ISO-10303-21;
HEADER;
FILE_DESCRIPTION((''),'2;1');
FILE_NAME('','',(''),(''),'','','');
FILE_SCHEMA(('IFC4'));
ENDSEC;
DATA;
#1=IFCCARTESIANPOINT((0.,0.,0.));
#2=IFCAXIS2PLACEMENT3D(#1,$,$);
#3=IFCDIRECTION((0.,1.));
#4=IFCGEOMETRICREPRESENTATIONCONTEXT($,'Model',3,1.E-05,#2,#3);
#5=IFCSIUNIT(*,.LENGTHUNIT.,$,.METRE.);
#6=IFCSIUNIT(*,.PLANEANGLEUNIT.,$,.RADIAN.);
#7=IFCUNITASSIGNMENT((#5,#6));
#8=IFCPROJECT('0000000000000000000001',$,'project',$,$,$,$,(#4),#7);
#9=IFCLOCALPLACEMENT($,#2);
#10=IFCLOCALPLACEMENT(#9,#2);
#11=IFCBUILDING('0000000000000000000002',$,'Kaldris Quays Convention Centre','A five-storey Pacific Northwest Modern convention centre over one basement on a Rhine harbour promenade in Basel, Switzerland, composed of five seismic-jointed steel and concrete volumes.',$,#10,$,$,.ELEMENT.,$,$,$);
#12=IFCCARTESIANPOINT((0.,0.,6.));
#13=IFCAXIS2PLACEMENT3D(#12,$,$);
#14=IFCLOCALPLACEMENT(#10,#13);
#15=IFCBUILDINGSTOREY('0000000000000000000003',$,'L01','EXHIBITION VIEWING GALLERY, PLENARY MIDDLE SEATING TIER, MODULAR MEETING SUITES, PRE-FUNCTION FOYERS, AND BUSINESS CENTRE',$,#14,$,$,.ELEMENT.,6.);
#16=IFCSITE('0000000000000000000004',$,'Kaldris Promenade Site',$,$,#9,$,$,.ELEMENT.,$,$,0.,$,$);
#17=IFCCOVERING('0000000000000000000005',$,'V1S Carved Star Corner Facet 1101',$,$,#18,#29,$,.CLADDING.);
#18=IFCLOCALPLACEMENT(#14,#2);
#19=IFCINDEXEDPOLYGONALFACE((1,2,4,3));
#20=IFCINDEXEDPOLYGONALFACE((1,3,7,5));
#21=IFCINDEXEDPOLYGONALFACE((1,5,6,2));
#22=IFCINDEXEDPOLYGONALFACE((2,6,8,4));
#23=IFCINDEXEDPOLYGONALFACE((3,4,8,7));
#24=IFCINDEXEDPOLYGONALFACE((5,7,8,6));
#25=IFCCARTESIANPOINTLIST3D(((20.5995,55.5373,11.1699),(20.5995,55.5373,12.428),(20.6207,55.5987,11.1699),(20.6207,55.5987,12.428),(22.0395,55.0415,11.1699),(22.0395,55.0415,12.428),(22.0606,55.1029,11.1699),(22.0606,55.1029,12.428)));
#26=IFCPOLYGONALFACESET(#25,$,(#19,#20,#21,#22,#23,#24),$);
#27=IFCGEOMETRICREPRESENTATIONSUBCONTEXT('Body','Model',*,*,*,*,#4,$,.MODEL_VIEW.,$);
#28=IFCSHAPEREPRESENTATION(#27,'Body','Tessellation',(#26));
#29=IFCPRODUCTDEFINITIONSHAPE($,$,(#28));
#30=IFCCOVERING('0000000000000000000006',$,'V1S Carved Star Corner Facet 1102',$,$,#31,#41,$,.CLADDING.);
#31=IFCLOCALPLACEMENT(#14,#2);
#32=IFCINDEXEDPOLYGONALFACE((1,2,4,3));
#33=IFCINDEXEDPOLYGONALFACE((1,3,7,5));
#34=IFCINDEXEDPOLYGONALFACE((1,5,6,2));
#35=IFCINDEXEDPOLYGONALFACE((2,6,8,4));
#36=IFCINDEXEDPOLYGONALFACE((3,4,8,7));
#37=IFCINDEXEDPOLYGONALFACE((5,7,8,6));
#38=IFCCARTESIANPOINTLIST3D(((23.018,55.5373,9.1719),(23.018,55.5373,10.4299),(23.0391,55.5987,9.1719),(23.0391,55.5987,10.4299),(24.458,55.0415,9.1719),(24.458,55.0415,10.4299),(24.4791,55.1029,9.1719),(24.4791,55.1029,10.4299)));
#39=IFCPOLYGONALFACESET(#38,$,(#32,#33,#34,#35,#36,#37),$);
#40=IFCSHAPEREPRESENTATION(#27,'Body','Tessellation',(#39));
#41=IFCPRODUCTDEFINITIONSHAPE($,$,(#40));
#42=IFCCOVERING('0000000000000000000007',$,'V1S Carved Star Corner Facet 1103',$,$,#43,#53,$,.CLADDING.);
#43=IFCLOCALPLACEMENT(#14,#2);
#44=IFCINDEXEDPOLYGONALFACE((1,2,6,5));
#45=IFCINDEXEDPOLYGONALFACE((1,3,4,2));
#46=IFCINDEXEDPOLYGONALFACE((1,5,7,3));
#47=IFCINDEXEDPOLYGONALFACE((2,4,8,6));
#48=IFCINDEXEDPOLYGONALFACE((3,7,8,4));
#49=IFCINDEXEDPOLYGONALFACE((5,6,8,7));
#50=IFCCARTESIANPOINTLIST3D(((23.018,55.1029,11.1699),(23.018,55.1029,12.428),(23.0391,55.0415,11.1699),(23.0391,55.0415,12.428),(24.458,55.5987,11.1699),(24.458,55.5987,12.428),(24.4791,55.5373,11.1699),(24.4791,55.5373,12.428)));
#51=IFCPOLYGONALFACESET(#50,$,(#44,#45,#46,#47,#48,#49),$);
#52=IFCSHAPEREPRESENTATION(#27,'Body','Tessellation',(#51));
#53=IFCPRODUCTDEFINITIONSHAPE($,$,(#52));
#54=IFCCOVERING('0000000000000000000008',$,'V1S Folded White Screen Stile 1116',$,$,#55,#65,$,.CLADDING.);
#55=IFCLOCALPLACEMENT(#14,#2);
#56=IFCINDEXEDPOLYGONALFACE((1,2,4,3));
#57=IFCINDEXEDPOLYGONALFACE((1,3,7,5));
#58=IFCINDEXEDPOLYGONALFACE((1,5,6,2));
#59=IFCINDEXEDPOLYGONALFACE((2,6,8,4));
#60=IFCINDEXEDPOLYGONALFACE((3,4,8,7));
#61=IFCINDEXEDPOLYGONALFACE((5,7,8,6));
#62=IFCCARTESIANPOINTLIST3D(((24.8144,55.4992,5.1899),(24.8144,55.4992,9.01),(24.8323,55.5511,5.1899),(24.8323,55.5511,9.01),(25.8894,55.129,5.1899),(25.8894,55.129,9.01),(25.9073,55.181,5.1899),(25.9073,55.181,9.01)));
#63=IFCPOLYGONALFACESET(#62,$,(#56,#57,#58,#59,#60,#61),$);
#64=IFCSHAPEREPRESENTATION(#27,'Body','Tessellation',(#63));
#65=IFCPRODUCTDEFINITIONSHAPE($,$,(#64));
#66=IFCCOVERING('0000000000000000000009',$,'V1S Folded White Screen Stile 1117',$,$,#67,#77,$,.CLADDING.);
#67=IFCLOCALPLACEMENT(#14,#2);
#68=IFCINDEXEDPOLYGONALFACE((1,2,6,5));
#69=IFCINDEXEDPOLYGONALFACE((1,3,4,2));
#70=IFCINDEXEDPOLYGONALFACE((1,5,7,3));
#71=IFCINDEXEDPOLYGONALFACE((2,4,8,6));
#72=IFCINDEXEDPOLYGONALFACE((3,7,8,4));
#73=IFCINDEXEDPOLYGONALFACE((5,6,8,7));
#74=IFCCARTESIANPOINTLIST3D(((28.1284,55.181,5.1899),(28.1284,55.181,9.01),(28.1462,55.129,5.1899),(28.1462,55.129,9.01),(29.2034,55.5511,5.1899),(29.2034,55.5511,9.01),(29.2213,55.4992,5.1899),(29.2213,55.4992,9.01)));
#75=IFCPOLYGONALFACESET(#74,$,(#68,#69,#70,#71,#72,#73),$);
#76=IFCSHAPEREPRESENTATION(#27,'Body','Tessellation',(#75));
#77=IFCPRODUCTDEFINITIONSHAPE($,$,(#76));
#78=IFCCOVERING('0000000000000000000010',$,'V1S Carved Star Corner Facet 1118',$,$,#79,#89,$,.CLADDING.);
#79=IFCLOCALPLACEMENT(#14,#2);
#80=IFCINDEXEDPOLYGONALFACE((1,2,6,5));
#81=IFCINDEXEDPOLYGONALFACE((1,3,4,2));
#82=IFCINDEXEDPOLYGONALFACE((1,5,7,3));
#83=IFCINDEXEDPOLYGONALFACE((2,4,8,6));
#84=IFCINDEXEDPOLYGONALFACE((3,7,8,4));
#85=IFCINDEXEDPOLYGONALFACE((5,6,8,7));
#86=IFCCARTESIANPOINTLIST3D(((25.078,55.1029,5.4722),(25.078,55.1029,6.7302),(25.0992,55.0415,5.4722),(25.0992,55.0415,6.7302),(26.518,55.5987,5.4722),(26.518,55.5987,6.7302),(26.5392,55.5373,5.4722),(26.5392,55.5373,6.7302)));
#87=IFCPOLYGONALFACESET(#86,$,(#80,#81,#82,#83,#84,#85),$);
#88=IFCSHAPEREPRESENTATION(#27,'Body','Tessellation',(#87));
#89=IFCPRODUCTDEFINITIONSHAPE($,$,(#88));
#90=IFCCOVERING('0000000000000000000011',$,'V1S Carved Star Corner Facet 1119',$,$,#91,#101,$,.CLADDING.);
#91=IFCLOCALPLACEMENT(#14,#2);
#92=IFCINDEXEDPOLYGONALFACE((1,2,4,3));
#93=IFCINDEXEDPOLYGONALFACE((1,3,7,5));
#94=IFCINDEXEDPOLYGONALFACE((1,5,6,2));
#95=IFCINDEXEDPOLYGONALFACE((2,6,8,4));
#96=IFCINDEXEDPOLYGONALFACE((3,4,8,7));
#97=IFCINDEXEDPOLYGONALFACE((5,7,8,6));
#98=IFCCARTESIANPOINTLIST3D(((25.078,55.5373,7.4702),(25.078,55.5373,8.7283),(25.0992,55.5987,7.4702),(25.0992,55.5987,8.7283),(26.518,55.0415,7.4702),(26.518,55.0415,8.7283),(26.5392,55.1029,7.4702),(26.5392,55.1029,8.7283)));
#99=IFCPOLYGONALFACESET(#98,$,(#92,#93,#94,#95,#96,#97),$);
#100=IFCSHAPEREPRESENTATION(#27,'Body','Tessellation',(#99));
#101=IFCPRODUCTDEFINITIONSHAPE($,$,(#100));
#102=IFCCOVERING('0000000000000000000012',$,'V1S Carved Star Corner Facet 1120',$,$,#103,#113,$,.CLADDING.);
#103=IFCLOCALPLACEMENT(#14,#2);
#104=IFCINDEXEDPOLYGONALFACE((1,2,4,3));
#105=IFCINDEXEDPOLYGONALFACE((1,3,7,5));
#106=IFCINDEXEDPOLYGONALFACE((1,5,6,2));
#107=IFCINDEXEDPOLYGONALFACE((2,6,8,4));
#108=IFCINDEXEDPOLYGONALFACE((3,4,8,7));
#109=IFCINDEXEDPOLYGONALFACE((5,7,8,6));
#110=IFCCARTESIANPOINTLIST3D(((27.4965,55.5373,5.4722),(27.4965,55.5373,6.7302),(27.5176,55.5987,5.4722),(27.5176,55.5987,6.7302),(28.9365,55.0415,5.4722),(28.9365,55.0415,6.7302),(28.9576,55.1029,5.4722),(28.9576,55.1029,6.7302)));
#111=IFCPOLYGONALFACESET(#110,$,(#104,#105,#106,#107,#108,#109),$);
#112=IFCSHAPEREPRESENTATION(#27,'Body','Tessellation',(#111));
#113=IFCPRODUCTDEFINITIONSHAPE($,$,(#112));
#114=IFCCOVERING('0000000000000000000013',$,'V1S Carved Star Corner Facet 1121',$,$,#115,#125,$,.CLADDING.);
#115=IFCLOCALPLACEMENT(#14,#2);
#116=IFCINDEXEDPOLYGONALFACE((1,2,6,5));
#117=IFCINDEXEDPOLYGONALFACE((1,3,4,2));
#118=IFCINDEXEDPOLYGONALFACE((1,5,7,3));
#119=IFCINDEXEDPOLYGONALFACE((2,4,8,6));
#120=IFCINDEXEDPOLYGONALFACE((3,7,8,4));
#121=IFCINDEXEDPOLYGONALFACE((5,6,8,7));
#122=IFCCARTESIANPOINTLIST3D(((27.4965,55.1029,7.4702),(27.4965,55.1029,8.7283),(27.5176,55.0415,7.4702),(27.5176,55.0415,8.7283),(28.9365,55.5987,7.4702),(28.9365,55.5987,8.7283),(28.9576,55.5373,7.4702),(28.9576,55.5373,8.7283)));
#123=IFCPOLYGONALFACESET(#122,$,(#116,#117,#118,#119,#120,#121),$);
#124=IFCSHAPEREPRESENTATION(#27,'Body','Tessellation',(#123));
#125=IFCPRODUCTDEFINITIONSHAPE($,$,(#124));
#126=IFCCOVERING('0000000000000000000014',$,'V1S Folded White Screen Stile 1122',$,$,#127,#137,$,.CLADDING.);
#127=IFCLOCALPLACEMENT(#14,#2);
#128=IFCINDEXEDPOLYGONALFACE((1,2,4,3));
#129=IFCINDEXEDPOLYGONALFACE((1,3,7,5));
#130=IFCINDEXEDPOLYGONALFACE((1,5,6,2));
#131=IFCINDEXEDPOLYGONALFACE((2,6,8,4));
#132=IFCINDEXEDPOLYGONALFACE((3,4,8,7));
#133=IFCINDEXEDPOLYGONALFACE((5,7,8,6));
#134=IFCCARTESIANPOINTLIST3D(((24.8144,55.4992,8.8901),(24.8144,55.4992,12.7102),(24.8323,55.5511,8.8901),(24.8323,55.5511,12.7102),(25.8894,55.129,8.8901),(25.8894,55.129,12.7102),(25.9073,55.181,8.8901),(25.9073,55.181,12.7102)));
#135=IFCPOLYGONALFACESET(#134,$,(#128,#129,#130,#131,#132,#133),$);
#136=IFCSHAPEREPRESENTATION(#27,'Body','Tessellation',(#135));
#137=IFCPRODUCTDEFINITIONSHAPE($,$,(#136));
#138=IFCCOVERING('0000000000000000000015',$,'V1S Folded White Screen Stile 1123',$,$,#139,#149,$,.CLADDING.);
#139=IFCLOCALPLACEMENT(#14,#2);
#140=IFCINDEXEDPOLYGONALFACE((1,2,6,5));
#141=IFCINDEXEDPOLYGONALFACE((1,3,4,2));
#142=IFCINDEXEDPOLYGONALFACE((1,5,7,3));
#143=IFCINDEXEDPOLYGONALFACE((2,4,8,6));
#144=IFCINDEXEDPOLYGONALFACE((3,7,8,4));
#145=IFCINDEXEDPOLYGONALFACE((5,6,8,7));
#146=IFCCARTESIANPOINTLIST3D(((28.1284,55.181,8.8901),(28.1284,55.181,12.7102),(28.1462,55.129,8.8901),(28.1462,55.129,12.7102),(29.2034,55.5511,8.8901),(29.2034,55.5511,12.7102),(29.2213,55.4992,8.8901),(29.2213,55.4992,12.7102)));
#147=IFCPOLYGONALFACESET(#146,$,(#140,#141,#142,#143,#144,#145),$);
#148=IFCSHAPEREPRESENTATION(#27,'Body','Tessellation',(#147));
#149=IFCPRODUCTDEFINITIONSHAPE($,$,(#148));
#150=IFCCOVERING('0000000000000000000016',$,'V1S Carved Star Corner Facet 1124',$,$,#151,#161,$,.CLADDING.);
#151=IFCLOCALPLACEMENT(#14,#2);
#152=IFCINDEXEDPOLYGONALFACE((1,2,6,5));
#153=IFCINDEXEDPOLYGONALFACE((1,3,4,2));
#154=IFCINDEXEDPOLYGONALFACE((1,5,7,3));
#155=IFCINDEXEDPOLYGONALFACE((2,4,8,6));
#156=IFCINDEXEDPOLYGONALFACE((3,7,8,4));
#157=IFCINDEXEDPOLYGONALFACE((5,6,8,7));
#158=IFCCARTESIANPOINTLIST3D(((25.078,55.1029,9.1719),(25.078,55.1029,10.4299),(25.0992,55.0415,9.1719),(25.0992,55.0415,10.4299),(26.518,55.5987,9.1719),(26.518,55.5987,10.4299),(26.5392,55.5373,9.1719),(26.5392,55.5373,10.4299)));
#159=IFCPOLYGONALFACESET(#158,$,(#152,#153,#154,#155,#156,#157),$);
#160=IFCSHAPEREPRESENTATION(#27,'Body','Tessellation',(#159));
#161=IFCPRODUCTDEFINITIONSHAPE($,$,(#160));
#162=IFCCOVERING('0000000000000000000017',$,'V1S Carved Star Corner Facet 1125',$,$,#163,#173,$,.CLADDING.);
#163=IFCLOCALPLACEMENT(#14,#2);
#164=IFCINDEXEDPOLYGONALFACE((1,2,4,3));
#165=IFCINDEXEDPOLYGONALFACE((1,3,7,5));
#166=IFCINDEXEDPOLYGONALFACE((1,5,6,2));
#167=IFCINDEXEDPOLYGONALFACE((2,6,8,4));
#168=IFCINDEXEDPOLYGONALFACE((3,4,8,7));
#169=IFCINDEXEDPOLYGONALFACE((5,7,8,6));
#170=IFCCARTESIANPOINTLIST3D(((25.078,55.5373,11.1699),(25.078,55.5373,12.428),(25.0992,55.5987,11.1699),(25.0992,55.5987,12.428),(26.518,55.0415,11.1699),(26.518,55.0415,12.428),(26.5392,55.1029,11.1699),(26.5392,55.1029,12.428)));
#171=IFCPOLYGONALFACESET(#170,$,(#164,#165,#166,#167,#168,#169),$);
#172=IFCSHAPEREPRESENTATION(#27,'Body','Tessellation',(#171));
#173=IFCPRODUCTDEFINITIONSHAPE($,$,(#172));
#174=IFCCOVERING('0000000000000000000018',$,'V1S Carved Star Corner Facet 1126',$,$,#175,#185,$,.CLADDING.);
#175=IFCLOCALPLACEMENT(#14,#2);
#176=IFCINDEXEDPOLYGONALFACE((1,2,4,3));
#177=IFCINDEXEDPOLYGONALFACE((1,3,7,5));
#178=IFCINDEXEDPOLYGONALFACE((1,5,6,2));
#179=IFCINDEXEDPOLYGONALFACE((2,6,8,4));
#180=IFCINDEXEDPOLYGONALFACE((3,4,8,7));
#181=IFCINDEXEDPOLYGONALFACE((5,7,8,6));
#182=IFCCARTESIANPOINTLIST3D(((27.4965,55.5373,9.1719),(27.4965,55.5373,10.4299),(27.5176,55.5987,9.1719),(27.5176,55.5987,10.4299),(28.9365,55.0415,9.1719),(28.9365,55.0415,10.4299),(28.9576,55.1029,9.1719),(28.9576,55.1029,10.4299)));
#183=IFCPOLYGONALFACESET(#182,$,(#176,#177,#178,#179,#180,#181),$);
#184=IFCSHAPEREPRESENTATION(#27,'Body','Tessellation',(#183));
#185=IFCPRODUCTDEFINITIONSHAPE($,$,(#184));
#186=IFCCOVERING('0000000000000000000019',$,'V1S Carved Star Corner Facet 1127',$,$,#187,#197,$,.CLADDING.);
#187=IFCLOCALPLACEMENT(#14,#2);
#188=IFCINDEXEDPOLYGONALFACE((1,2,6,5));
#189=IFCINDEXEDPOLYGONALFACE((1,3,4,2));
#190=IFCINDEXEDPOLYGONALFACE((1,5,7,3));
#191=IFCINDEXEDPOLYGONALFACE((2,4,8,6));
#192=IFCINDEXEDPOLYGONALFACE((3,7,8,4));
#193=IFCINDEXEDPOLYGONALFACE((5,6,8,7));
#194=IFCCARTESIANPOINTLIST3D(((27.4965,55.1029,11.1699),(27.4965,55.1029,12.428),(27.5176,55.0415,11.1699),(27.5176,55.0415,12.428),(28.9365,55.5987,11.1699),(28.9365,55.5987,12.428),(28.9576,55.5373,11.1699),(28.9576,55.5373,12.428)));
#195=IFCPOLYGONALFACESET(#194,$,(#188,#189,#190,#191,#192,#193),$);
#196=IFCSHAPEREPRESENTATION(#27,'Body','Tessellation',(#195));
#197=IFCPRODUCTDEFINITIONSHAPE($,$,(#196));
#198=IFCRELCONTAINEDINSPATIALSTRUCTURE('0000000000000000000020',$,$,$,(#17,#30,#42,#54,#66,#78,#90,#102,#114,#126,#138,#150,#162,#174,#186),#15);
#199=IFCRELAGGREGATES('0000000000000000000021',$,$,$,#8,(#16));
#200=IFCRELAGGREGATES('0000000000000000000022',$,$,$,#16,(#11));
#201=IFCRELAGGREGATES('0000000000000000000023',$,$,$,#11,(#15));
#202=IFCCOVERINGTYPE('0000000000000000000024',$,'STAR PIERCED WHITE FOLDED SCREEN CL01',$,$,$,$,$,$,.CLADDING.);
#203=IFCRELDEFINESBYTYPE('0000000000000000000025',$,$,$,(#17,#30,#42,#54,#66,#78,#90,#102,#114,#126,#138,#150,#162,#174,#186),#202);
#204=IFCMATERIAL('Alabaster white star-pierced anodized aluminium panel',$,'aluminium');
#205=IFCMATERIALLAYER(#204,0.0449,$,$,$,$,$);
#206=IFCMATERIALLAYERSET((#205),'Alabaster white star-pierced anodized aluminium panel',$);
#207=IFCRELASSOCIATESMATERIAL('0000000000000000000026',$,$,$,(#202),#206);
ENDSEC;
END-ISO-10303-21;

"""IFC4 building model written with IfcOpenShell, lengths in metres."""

from ifc_helpers import new_model, si_unit, direction, frame, origin, origin_2d, place, context, subcontext, project, spatial, rectangle, extrude, material, layer, layer_set, type_object, element, save


model = new_model("IFC4")

# Units and contexts
model_context = context("Model", 3, precision=1e-05, world=origin(), true_north=direction((0.0, 1.0)))
body_context = subcontext(model_context, "Body", "Model", "MODEL_VIEW")
ifc_project = project(units=[si_unit("LENGTHUNIT", "METRE"), si_unit("PLANEANGLEUNIT", "RADIAN")], contexts=[model_context])

# Site, building, storey
site_placement = place(None, origin())
site = spatial("IfcSite", under=ifc_project, at=site_placement, Name="Kaldris Promenade Site", CompositionType="ELEMENT", RefElevation=0.0)
building_placement = place(site_placement, origin())
building = spatial("IfcBuilding", under=site, at=building_placement, Name="Kaldris Quays Convention Centre", Description="A five-storey Pacific Northwest Modern convention centre over one basement on a Rhine harbour promenade in Basel, Switzerland, composed of five seismic-jointed steel and concrete volumes.", CompositionType="ELEMENT")
storey_placement = place(building_placement, frame((0.0, 0.0, 6.0)))
storey = spatial("IfcBuildingStorey", under=building, at=storey_placement, Name="L01", Description="EXHIBITION VIEWING GALLERY, PLENARY MIDDLE SEATING TIER, MODULAR MEETING SUITES, PRE-FUNCTION FOYERS, AND BUSINESS CENTRE", CompositionType="ELEMENT", Elevation=6.0)

# Coverings
ifc_material_1 = material(Name="Alabaster white star-pierced anodized aluminium panel", Category="aluminium")
ifc_layer = layer(ifc_material_1, 0.0449)
ifc_layer_set = layer_set([ifc_layer], Name="Alabaster white star-pierced anodized aluminium panel")
covering_type = type_object("IfcCoveringType", Name="STAR PIERCED WHITE FOLDED SCREEN CL01", PredefinedType="CLADDING", material=ifc_layer_set)
for number, where, z_axis, x_axis, name in (
    (1, (21.3301, 55.3201, 11.1699), (0.0, 0.0, 1.0), (0.945519, -0.325568, 0.0), "V1S Carved Star Corner Facet 1101"),
    (2, (23.7485, 55.3201, 9.1719), (0.0, 0.0, 1.0), (0.945519, -0.325568, 0.0), "V1S Carved Star Corner Facet 1102"),
    (3, (23.7485, 55.3201, 11.1699), (0.0, 0.0, 1.0), (0.945519, 0.325568, 0.0), "V1S Carved Star Corner Facet 1103"),
):
    element("IfcCovering", number, at=place(storey_placement, frame(where, z_axis=z_axis, x_axis=x_axis)), inside=storey, type_object=covering_type, Name=name, PredefinedType="CLADDING", context=body_context, shape_type="SweptSolid", body=[
        extrude(rectangle(XDim=1.5229, YDim=0.0649, at=origin_2d()), origin(), (0.0, 0.0, 1.0), 1.2581),
    ])
for number, where, z_axis, x_axis, name in (
    (4, (25.3608, 55.3401, 5.1899), (0.0, 0.0, 1.0), (0.945519, -0.325568, 0.0), "V1S Folded White Screen Stile 1116"),
    (5, (28.6748, 55.3401, 5.1899), (0.0, 0.0, 1.0), (0.945519, 0.325568, 0.0), "V1S Folded White Screen Stile 1117"),
):
    element("IfcCovering", number, at=place(storey_placement, frame(where, z_axis=z_axis, x_axis=x_axis)), inside=storey, type_object=covering_type, Name=name, PredefinedType="CLADDING", context=body_context, shape_type="SweptSolid", body=[
        extrude(rectangle(XDim=1.137, YDim=0.0549, at=origin_2d()), origin(), (0.0, 0.0, 1.0), 3.8201),
    ])
for number, where, z_axis, x_axis, name in (
    (6, (25.8086, 55.3201, 5.4722), (0.0, 0.0, 1.0), (0.945519, 0.325568, 0.0), "V1S Carved Star Corner Facet 1118"),
    (7, (25.8086, 55.3201, 7.4702), (0.0, 0.0, 1.0), (0.945519, -0.325568, 0.0), "V1S Carved Star Corner Facet 1119"),
    (8, (28.2271, 55.3201, 5.4722), (0.0, 0.0, 1.0), (0.945519, -0.325568, 0.0), "V1S Carved Star Corner Facet 1120"),
    (9, (28.2271, 55.3201, 7.4702), (0.0, 0.0, 1.0), (0.945519, 0.325568, 0.0), "V1S Carved Star Corner Facet 1121"),
):
    element("IfcCovering", number, at=place(storey_placement, frame(where, z_axis=z_axis, x_axis=x_axis)), inside=storey, type_object=covering_type, Name=name, PredefinedType="CLADDING", context=body_context, shape_type="SweptSolid", body=[
        extrude(rectangle(XDim=1.5229, YDim=0.0649, at=origin_2d()), origin(), (0.0, 0.0, 1.0), 1.2581),
    ])
for number, where, z_axis, x_axis, name in (
    (10, (25.3608, 55.3401, 8.8901), (0.0, 0.0, 1.0), (0.945519, -0.325568, 0.0), "V1S Folded White Screen Stile 1122"),
    (11, (28.6748, 55.3401, 8.8901), (0.0, 0.0, 1.0), (0.945519, 0.325568, 0.0), "V1S Folded White Screen Stile 1123"),
):
    element("IfcCovering", number, at=place(storey_placement, frame(where, z_axis=z_axis, x_axis=x_axis)), inside=storey, type_object=covering_type, Name=name, PredefinedType="CLADDING", context=body_context, shape_type="SweptSolid", body=[
        extrude(rectangle(XDim=1.137, YDim=0.0549, at=origin_2d()), origin(), (0.0, 0.0, 1.0), 3.8201),
    ])
for number, where, z_axis, x_axis, name in (
    (12, (25.8086, 55.3201, 9.1719), (0.0, 0.0, 1.0), (0.945519, 0.325568, 0.0), "V1S Carved Star Corner Facet 1124"),
    (13, (25.8086, 55.3201, 11.1699), (0.0, 0.0, 1.0), (0.945519, -0.325568, 0.0), "V1S Carved Star Corner Facet 1125"),
    (14, (28.2271, 55.3201, 9.1719), (0.0, 0.0, 1.0), (0.945519, -0.325568, 0.0), "V1S Carved Star Corner Facet 1126"),
    (15, (28.2271, 55.3201, 11.1699), (0.0, 0.0, 1.0), (0.945519, 0.325568, 0.0), "V1S Carved Star Corner Facet 1127"),
):
    element("IfcCovering", number, at=place(storey_placement, frame(where, z_axis=z_axis, x_axis=x_axis)), inside=storey, type_object=covering_type, Name=name, PredefinedType="CLADDING", context=body_context, shape_type="SweptSolid", body=[
        extrude(rectangle(XDim=1.5229, YDim=0.0649, at=origin_2d()), origin(), (0.0, 0.0, 1.0), 1.2581),
    ])

save(model, "model.ifc")
